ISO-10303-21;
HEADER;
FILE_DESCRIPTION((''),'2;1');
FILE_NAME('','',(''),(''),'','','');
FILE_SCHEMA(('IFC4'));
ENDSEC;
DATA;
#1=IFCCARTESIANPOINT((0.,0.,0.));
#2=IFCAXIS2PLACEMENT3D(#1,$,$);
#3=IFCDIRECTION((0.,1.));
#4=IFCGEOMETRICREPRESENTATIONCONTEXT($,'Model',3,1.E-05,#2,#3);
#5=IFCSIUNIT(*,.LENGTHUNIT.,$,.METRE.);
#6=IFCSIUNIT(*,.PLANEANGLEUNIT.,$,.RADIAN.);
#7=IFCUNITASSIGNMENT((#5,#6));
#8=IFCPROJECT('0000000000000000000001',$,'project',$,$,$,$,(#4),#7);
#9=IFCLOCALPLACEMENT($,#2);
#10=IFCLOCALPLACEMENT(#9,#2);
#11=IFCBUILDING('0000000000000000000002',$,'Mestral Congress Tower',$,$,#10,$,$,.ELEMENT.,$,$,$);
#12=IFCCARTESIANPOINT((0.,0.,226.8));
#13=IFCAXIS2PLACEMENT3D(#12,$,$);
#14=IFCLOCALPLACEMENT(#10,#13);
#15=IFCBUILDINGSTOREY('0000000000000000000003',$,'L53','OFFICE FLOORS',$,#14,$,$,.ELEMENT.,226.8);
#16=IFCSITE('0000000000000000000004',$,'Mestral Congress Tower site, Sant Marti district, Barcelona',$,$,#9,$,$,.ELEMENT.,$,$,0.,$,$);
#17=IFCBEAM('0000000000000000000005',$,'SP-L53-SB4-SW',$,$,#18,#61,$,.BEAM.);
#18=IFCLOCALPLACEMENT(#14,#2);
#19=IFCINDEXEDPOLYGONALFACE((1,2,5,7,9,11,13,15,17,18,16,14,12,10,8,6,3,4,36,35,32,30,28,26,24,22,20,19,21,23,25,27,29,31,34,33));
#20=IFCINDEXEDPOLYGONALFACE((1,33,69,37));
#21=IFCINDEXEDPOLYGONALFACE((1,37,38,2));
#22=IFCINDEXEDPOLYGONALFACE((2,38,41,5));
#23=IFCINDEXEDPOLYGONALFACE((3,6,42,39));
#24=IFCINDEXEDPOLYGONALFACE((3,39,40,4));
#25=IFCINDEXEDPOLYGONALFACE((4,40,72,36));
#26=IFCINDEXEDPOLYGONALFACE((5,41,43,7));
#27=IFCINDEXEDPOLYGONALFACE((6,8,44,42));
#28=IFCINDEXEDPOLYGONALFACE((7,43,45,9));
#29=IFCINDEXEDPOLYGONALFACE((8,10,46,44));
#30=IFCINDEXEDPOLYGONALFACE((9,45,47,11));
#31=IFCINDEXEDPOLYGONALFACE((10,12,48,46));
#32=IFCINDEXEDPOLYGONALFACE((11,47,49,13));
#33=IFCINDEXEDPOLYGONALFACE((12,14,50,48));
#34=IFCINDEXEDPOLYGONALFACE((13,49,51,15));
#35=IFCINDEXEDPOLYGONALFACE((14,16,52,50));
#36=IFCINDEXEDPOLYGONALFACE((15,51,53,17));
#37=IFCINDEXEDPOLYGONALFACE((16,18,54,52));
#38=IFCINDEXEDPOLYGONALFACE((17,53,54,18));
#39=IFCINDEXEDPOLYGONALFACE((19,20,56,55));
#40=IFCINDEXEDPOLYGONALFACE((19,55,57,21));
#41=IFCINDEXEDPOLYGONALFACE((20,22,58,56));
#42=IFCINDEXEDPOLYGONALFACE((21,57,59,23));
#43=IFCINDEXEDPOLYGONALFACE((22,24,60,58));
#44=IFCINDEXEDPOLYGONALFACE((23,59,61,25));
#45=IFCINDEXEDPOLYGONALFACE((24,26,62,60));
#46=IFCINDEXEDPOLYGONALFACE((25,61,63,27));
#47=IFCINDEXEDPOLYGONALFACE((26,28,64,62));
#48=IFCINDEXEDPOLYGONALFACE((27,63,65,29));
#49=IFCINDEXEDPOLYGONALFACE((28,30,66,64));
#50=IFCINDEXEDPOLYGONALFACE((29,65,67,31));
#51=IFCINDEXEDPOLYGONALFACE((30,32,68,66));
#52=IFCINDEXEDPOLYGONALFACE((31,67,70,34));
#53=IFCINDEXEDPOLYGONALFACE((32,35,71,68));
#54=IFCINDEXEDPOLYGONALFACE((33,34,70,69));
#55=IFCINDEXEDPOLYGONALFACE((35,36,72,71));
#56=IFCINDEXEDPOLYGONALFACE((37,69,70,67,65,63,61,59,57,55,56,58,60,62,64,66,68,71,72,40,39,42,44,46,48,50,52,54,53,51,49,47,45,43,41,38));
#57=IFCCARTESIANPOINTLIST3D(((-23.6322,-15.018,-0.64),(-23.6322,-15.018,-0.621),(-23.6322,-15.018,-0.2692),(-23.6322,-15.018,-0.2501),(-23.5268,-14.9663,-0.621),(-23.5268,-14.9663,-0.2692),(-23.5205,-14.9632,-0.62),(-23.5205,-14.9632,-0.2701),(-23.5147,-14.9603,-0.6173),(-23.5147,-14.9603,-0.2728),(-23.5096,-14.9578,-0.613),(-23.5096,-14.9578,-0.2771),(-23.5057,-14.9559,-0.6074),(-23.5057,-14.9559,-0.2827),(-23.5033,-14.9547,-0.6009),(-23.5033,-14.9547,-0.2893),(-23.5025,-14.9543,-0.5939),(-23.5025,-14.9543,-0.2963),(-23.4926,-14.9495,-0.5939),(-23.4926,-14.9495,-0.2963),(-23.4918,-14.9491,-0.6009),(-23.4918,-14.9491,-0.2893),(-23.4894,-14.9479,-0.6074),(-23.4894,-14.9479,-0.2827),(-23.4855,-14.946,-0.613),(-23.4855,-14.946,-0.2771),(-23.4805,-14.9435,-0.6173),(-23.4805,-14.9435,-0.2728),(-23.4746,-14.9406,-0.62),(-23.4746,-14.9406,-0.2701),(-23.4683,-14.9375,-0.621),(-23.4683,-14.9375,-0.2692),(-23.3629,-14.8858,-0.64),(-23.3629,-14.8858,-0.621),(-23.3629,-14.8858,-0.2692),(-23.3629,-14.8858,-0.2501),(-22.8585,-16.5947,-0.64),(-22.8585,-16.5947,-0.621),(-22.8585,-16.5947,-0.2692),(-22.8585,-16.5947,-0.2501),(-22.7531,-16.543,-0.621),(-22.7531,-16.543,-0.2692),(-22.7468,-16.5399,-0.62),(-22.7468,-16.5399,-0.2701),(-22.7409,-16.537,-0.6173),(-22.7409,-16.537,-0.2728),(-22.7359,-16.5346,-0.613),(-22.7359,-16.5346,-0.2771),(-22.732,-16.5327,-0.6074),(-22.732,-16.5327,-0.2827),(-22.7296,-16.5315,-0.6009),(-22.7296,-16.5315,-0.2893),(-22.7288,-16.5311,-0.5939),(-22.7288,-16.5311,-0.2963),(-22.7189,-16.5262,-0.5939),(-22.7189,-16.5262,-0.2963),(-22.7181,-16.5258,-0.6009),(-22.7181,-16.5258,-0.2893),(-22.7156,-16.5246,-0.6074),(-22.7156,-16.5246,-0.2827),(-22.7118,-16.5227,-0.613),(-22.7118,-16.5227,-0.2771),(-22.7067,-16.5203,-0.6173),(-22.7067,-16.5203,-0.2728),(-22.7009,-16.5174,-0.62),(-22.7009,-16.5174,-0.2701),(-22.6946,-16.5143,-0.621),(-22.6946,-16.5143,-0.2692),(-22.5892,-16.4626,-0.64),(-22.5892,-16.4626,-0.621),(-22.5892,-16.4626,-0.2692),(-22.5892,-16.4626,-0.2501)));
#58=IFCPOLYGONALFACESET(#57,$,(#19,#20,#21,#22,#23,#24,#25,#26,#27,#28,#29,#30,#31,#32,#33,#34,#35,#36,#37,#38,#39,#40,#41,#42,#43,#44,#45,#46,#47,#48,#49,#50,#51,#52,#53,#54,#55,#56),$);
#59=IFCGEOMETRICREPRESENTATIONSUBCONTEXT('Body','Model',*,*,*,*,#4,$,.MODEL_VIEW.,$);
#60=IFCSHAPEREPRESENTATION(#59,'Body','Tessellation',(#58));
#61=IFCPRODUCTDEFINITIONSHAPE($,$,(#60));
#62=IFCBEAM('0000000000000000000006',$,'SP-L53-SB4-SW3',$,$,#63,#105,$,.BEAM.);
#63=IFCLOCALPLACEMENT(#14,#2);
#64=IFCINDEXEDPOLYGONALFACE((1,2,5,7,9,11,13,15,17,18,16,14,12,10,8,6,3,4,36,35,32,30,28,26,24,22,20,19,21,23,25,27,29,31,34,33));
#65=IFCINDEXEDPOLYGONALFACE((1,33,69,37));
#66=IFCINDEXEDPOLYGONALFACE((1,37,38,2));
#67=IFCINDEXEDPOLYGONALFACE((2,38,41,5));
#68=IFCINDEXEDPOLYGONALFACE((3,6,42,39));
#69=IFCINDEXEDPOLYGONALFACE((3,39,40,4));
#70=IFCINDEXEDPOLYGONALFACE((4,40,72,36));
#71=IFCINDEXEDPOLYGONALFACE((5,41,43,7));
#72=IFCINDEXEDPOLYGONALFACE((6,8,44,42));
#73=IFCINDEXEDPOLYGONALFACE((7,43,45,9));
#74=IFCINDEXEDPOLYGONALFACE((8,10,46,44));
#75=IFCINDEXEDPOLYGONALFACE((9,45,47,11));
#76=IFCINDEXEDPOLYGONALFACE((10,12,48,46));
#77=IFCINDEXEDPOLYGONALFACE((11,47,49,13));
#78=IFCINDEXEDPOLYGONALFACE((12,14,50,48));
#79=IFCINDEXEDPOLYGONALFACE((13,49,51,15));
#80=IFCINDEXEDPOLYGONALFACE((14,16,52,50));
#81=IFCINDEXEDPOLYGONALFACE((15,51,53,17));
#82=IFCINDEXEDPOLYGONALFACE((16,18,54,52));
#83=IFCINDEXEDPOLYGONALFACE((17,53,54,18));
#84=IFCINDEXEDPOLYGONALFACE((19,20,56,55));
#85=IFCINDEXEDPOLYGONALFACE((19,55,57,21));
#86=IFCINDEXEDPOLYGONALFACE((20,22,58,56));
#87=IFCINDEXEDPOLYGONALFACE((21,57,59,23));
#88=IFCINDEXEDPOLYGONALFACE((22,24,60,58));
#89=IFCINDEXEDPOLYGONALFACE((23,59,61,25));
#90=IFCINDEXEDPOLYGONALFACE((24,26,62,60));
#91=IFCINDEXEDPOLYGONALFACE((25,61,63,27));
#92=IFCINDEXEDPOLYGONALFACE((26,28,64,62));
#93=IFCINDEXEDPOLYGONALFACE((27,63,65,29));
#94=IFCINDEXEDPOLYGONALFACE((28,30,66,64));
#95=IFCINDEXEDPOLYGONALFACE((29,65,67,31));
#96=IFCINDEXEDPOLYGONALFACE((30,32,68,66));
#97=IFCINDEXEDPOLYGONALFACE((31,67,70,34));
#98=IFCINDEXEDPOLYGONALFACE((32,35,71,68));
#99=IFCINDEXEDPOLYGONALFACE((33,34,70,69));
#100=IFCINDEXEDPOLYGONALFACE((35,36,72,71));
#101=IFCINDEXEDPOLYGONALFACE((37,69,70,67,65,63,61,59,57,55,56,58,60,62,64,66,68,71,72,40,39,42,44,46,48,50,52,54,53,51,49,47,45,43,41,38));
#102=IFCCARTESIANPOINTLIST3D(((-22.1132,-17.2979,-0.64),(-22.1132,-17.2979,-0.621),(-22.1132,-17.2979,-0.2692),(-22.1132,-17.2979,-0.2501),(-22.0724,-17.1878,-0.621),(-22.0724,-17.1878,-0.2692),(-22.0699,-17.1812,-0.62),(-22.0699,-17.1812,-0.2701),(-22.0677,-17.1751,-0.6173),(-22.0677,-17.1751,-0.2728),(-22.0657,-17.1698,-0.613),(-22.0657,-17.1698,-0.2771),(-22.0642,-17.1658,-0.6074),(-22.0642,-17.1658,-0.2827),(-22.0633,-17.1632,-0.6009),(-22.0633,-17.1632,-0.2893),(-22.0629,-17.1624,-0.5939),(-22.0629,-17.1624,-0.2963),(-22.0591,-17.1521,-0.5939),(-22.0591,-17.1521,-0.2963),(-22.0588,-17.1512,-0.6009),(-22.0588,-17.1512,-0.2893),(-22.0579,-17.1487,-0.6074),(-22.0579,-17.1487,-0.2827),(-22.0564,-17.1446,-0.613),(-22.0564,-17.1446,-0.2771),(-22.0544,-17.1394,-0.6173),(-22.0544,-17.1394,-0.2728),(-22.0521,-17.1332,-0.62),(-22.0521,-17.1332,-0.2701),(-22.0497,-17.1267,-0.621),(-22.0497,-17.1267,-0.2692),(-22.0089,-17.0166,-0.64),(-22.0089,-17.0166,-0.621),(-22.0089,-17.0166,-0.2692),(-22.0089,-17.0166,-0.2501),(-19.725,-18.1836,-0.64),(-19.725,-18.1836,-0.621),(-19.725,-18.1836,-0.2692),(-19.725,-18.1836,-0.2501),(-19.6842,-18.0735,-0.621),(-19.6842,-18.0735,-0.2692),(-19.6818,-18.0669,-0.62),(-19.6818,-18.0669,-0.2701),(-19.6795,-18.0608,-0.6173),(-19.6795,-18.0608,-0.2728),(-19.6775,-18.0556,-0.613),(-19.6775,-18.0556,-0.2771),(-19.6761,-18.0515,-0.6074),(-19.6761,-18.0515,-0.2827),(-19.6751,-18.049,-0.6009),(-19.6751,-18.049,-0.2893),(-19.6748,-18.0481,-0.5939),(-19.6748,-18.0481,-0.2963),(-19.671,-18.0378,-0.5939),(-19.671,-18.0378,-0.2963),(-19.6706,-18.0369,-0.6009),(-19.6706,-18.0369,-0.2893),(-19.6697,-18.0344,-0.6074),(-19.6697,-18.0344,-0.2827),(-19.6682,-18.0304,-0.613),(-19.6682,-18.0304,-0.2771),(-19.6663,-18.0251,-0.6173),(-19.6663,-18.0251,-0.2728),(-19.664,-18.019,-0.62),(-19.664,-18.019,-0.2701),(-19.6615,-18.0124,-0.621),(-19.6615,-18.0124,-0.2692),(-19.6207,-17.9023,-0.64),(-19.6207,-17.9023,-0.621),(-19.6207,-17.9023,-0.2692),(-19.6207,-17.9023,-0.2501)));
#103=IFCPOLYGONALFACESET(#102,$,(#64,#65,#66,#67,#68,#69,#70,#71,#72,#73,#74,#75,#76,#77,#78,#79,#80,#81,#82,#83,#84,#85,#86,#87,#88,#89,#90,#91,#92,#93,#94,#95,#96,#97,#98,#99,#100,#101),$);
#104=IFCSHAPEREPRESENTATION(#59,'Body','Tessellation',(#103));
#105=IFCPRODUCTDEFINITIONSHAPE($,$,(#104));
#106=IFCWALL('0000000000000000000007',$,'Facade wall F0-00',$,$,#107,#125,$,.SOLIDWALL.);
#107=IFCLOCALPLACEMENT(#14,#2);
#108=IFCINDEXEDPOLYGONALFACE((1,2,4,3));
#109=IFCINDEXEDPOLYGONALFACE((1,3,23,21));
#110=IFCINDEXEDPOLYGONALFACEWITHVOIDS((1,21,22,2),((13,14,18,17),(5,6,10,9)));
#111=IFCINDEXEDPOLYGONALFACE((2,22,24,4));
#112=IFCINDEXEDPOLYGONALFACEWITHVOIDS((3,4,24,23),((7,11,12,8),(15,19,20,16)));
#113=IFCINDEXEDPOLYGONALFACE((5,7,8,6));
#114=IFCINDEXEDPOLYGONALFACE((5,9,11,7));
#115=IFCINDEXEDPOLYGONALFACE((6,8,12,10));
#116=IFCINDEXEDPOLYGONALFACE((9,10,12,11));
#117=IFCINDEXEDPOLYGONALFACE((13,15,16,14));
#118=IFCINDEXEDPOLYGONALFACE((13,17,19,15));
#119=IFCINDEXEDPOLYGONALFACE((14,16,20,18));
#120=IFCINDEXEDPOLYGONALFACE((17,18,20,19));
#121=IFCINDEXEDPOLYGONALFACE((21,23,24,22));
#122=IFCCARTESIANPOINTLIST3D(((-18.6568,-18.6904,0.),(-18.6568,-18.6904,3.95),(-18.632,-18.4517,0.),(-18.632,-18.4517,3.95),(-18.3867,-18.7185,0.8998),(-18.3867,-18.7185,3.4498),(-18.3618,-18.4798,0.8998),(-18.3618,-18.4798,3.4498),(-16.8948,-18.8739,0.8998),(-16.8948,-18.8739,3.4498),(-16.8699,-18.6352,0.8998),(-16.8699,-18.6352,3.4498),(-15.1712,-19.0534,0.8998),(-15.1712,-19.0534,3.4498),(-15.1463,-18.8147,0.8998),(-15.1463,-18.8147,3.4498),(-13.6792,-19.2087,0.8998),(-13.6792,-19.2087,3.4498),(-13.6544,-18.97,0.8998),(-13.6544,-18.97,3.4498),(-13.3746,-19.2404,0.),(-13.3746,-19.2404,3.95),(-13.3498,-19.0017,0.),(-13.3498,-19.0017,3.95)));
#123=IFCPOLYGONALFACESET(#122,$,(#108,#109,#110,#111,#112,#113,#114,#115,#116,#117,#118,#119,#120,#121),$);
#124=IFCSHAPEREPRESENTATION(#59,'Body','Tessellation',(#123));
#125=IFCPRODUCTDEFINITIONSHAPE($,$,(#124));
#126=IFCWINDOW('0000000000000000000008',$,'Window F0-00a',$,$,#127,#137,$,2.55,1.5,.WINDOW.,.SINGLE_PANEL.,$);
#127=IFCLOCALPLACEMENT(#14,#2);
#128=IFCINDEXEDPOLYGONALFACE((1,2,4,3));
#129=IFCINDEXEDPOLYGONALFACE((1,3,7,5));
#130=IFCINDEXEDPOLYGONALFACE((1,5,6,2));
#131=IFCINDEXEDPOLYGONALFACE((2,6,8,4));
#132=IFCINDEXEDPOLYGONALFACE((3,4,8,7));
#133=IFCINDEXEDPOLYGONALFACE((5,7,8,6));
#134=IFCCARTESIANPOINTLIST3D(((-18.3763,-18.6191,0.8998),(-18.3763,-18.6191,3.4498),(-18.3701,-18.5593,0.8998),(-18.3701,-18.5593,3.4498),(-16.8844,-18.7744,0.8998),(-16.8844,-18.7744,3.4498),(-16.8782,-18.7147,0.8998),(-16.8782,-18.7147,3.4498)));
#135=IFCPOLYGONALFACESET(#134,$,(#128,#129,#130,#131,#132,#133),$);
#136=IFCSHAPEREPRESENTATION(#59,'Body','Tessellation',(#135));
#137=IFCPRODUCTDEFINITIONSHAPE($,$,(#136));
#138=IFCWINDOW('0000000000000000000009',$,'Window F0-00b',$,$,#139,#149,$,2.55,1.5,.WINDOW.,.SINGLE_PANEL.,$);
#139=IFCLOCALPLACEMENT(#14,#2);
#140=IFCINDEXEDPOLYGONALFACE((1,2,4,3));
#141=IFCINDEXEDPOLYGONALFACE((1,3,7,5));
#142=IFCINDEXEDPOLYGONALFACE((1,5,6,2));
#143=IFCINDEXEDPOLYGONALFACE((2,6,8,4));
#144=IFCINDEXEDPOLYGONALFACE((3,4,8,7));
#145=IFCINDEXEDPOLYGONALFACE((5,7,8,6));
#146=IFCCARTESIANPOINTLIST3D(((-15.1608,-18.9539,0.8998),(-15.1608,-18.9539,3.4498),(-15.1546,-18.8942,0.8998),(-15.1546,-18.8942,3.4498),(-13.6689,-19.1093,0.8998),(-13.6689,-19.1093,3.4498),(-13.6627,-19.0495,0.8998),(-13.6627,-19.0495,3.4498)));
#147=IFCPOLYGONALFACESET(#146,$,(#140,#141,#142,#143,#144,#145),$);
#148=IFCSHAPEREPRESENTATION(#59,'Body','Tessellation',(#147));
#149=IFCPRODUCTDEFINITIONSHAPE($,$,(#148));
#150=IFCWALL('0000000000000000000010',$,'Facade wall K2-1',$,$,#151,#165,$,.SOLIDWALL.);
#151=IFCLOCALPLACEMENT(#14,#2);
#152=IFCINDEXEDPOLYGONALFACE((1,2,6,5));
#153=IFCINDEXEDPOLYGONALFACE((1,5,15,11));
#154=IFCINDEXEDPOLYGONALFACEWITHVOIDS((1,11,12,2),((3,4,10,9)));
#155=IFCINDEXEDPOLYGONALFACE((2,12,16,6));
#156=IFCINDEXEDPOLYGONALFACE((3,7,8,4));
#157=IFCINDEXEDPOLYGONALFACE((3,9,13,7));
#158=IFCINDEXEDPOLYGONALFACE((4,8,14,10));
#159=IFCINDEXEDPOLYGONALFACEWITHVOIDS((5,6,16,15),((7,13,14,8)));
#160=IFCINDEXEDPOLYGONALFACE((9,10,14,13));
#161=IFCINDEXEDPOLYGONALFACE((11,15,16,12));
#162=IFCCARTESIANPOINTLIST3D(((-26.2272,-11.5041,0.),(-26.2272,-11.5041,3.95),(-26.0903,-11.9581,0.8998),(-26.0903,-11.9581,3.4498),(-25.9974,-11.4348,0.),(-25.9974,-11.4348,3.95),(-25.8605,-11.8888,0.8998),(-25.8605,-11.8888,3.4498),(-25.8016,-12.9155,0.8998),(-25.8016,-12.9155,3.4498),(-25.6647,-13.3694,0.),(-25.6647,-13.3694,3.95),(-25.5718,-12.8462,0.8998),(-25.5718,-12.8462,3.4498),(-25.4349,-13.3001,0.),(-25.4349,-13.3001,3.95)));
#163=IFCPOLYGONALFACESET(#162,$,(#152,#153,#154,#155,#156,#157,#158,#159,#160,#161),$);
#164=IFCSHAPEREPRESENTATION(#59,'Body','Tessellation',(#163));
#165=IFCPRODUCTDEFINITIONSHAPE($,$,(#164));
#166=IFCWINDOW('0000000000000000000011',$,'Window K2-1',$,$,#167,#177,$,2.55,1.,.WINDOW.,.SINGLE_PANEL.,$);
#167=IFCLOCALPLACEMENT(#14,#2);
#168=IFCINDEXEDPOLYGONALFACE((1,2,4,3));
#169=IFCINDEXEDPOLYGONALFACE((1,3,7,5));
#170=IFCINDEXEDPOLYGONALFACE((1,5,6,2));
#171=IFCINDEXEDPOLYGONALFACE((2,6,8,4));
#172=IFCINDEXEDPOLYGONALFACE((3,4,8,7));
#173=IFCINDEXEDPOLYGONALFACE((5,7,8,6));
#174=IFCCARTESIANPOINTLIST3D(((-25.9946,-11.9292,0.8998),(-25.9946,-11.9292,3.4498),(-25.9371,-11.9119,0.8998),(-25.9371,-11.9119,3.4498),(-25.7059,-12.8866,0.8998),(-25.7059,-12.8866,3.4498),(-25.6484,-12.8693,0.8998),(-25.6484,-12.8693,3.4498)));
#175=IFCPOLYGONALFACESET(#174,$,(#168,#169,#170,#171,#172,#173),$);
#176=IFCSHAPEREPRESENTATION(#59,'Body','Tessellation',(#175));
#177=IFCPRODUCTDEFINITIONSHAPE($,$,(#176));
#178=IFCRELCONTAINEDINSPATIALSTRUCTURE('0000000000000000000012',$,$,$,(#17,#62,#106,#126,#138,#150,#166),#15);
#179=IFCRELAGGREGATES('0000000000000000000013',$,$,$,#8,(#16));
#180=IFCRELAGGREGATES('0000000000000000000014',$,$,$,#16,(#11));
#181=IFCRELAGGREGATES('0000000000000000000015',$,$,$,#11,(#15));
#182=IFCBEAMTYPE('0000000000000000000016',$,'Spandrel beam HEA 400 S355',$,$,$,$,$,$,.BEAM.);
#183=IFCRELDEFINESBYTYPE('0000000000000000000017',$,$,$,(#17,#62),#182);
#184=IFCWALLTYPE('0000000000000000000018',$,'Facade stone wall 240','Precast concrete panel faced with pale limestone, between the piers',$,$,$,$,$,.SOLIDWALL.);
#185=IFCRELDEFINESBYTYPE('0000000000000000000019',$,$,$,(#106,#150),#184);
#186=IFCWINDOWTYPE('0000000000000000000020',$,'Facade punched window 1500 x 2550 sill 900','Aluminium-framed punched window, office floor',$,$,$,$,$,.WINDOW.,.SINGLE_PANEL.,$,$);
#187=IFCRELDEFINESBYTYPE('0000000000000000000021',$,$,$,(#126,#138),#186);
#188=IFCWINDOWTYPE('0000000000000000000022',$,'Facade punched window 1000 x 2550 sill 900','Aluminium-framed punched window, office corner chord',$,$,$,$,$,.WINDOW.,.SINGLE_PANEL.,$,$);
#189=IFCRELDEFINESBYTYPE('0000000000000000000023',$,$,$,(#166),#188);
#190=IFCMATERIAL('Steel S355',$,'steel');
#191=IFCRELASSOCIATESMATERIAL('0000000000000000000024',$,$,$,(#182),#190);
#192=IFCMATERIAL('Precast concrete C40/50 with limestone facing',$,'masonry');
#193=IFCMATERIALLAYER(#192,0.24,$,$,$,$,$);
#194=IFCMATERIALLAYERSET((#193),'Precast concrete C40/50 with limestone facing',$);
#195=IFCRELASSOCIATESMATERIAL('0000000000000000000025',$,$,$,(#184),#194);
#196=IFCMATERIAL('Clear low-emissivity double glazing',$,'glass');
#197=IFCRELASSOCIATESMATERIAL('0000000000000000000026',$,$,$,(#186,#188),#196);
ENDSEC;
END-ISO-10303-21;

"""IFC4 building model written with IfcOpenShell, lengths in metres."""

from ifc_helpers import new_model, si_unit, direction, frame, frame_2d, origin, origin_2d, place, context, subcontext, project, spatial, rectangle, i_section, extrude, material, layer, layer_set, material_profile, profile_set, type_object, element, fill, save


model = new_model("IFC4")

# Units and contexts
model_context = context("Model", 3, precision=1e-05, world=origin(), true_north=direction((0.0, 1.0)))
body_context = subcontext(model_context, "Body", "Model", "MODEL_VIEW")
ifc_project = project(units=[si_unit("LENGTHUNIT", "METRE"), si_unit("PLANEANGLEUNIT", "RADIAN")], contexts=[model_context])

# Site, building, storey
site_placement = place(None, origin())
site = spatial("IfcSite", under=ifc_project, at=site_placement, Name="Mestral Congress Tower site, Sant Marti district, Barcelona", CompositionType="ELEMENT", RefElevation=0.0)
building_placement = place(site_placement, origin())
building = spatial("IfcBuilding", under=site, at=building_placement, Name="Mestral Congress Tower", CompositionType="ELEMENT")
storey_placement = place(building_placement, frame((0.0, 0.0, 226.8)))
storey = spatial("IfcBuildingStorey", under=building, at=storey_placement, Name="L53", Description="OFFICE FLOORS", CompositionType="ELEMENT", Elevation=226.8)

# Beams
ifc_material_1 = material(Name="Steel S355", Category="steel")
ifc_material_profile_1 = material_profile(ifc_material_1, i_section(OverallWidth=0.3, OverallDepth=0.3899, WebThickness=0.011, FlangeThickness=0.019, FilletRadius=0.0271, at=origin_2d()), Name="HEA 400")
ifc_profile_set_1 = profile_set([ifc_material_profile_1], Name="Steel S355")
beam_type_1 = type_object("IfcBeamType", Name="Spandrel beam HEA 400 S355", PredefinedType="BEAM", material=ifc_profile_set_1)
for number, where, z_axis, x_axis, name in (
    (1, (-23.4976, -14.9519, -0.4451), (0.440529, -0.897739, 0.0), (0.897739, 0.440529, 0.0), "SP-L53-SB4-SW"),
):
    element("IfcBeam", number, at=place(storey_placement, frame(where, z_axis=z_axis, x_axis=x_axis)), inside=storey, type_object=beam_type_1, Name=name, PredefinedType="BEAM", context=body_context, shape_type="SweptSolid", body=[
        extrude(i_section(OverallWidth=0.3, OverallDepth=0.3899, WebThickness=0.011, FlangeThickness=0.019, FilletRadius=0.0271, at=origin_2d()), origin(), (0.0, 0.0, 1.0), 1.7563),
    ])
beam_1_placement = place(storey_placement, frame((-22.061, -17.1572, -0.4451), z_axis=(0.937591, -0.347739, 0.0), x_axis=(0.347739, 0.937591, 0.0)))
element("IfcBeam", 2, at=beam_1_placement, inside=storey, type_object=beam_type_1, Name="SP-L53-SB4-SW3", PredefinedType="BEAM", context=body_context, shape_type="SweptSolid", body=[
    extrude(i_section(OverallWidth=0.3, OverallDepth=0.3899, WebThickness=0.011, FlangeThickness=0.019, FilletRadius=0.0271, at=origin_2d()), origin(), (0.0, 0.0, 1.0), 2.5471),
])

# Wall, openings, windows
ifc_material_2 = material(Name="Precast concrete C40/50 with limestone facing", Category="masonry")
ifc_layer_1 = layer(ifc_material_2, 0.24)
ifc_layer_set_1 = layer_set([ifc_layer_1], Name="Precast concrete C40/50 with limestone facing")
wall_type_1 = type_object("IfcWallType", Name="Facade stone wall 240", Description="Precast concrete panel faced with pale limestone, between the piers", PredefinedType="SOLIDWALL", material=ifc_layer_set_1)
wall_1_placement = place(storey_placement, frame((-18.6443, -18.571, 0.0), z_axis=(0.0, 0.0, 1.0), x_axis=(0.994622, -0.103572, 0.0)))
wall_1 = element("IfcWall", 3, at=wall_1_placement, inside=storey, type_object=wall_type_1, Name="Facade wall F0-00", PredefinedType="SOLIDWALL", context=body_context, shape_type="SweptSolid", body=[
    extrude(rectangle(XDim=5.3108, YDim=0.24, at=frame_2d((2.6553, 0.0))), origin(), (0.0, 0.0, 1.0), 3.95),
])
opening_1_placement = place(wall_1_placement, frame((0.2715, 0.0, 0.8999)))
opening_1 = element("IfcOpeningElement", 4, at=opening_1_placement, cuts=wall_1, PredefinedType="OPENING", context=body_context, shape_type="SweptSolid", body=[
    extrude(rectangle(XDim=1.5, YDim=2.55, at=frame_2d((0.75, 1.2749))), frame((0.0, 0.1299, 0.0), z_axis=(0.0, -1.0, 0.0), x_axis=(1.0, 0.0, 0.0)), (0.0, 0.0, 1.0), 0.26),
])
opening_2_placement = place(wall_1_placement, frame((3.5044, 0.0, 0.8999)))
opening_2 = element("IfcOpeningElement", 5, at=opening_2_placement, cuts=wall_1, PredefinedType="OPENING", context=body_context, shape_type="SweptSolid", body=[
    extrude(rectangle(XDim=1.5, YDim=2.55, at=frame_2d((0.75, 1.2749))), frame((0.0, 0.1299, 0.0), z_axis=(0.0, -1.0, 0.0), x_axis=(1.0, 0.0, 0.0)), (0.0, 0.0, 1.0), 0.26),
])
ifc_material_3 = material(Name="Clear low-emissivity double glazing", Category="glass")
window_type_1 = type_object("IfcWindowType", Name="Facade punched window 1500 x 2550 sill 900", Description="Aluminium-framed punched window, office floor", PartitioningType="SINGLE_PANEL", PredefinedType="WINDOW", material=ifc_material_3)
window_1_placement = place(opening_1_placement, origin())
window_1 = element("IfcWindow", 6, at=window_1_placement, inside=storey, type_object=window_type_1, Name="Window F0-00a", OverallHeight=2.55, OverallWidth=1.5, PartitioningType="SINGLE_PANEL", PredefinedType="WINDOW", context=body_context, shape_type="SweptSolid", body=[
    extrude(rectangle(XDim=1.5, YDim=2.55, at=frame_2d((0.75, 1.2749))), frame((0.0, 0.04, 0.0), z_axis=(0.0, -1.0, 0.0), x_axis=(1.0, 0.0, 0.0)), (0.0, 0.0, 1.0), 0.0601),
])
fill(opening_1, window_1)
window_2_placement = place(opening_2_placement, origin())
window_2 = element("IfcWindow", 7, at=window_2_placement, inside=storey, type_object=window_type_1, Name="Window F0-00b", OverallHeight=2.55, OverallWidth=1.5, PartitioningType="SINGLE_PANEL", PredefinedType="WINDOW", context=body_context, shape_type="SweptSolid", body=[
    extrude(rectangle(XDim=1.5, YDim=2.55, at=frame_2d((0.75, 1.2749))), frame((0.0, 0.04, 0.0), z_axis=(0.0, -1.0, 0.0), x_axis=(1.0, 0.0, 0.0)), (0.0, 0.0, 1.0), 0.0601),
])
fill(opening_2, window_2)

# Wall, opening, window
wall_2_placement = place(storey_placement, frame((-26.1123, -11.4695, 0.0), z_axis=(0.0, 0.0, 1.0), x_axis=(0.288727, -0.957411, 0.0)))
wall_2 = element("IfcWall", 8, at=wall_2_placement, inside=storey, type_object=wall_type_1, Name="Facade wall K2-1", PredefinedType="SOLIDWALL", context=body_context, shape_type="SweptSolid", body=[
    extrude(rectangle(XDim=1.9482, YDim=0.24, at=frame_2d((0.9741, 0.0))), origin(), (0.0, 0.0, 1.0), 3.95),
])
opening_3_placement = place(wall_2_placement, frame((0.4741, 0.0, 0.8999)))
opening_3 = element("IfcOpeningElement", 9, at=opening_3_placement, cuts=wall_2, PredefinedType="OPENING", context=body_context, shape_type="SweptSolid", body=[
    extrude(rectangle(XDim=1.0, YDim=2.55, at=frame_2d((0.5, 1.2749))), frame((0.0, 0.1299, 0.0), z_axis=(0.0, -1.0, 0.0), x_axis=(1.0, 0.0, 0.0)), (0.0, 0.0, 1.0), 0.26),
])
window_type_2 = type_object("IfcWindowType", Name="Facade punched window 1000 x 2550 sill 900", Description="Aluminium-framed punched window, office corner chord", PartitioningType="SINGLE_PANEL", PredefinedType="WINDOW", material=ifc_material_3)
window_3_placement = place(opening_3_placement, origin())
window_3 = element("IfcWindow", 10, at=window_3_placement, inside=storey, type_object=window_type_2, Name="Window K2-1", OverallHeight=2.55, OverallWidth=1.0, PartitioningType="SINGLE_PANEL", PredefinedType="WINDOW", context=body_context, shape_type="SweptSolid", body=[
    extrude(rectangle(XDim=1.0, YDim=2.55, at=frame_2d((0.5, 1.2749))), frame((0.0, 0.04, 0.0), z_axis=(0.0, -1.0, 0.0), x_axis=(1.0, 0.0, 0.0)), (0.0, 0.0, 1.0), 0.0601),
])
fill(opening_3, window_3)

save(model, "model.ifc")
